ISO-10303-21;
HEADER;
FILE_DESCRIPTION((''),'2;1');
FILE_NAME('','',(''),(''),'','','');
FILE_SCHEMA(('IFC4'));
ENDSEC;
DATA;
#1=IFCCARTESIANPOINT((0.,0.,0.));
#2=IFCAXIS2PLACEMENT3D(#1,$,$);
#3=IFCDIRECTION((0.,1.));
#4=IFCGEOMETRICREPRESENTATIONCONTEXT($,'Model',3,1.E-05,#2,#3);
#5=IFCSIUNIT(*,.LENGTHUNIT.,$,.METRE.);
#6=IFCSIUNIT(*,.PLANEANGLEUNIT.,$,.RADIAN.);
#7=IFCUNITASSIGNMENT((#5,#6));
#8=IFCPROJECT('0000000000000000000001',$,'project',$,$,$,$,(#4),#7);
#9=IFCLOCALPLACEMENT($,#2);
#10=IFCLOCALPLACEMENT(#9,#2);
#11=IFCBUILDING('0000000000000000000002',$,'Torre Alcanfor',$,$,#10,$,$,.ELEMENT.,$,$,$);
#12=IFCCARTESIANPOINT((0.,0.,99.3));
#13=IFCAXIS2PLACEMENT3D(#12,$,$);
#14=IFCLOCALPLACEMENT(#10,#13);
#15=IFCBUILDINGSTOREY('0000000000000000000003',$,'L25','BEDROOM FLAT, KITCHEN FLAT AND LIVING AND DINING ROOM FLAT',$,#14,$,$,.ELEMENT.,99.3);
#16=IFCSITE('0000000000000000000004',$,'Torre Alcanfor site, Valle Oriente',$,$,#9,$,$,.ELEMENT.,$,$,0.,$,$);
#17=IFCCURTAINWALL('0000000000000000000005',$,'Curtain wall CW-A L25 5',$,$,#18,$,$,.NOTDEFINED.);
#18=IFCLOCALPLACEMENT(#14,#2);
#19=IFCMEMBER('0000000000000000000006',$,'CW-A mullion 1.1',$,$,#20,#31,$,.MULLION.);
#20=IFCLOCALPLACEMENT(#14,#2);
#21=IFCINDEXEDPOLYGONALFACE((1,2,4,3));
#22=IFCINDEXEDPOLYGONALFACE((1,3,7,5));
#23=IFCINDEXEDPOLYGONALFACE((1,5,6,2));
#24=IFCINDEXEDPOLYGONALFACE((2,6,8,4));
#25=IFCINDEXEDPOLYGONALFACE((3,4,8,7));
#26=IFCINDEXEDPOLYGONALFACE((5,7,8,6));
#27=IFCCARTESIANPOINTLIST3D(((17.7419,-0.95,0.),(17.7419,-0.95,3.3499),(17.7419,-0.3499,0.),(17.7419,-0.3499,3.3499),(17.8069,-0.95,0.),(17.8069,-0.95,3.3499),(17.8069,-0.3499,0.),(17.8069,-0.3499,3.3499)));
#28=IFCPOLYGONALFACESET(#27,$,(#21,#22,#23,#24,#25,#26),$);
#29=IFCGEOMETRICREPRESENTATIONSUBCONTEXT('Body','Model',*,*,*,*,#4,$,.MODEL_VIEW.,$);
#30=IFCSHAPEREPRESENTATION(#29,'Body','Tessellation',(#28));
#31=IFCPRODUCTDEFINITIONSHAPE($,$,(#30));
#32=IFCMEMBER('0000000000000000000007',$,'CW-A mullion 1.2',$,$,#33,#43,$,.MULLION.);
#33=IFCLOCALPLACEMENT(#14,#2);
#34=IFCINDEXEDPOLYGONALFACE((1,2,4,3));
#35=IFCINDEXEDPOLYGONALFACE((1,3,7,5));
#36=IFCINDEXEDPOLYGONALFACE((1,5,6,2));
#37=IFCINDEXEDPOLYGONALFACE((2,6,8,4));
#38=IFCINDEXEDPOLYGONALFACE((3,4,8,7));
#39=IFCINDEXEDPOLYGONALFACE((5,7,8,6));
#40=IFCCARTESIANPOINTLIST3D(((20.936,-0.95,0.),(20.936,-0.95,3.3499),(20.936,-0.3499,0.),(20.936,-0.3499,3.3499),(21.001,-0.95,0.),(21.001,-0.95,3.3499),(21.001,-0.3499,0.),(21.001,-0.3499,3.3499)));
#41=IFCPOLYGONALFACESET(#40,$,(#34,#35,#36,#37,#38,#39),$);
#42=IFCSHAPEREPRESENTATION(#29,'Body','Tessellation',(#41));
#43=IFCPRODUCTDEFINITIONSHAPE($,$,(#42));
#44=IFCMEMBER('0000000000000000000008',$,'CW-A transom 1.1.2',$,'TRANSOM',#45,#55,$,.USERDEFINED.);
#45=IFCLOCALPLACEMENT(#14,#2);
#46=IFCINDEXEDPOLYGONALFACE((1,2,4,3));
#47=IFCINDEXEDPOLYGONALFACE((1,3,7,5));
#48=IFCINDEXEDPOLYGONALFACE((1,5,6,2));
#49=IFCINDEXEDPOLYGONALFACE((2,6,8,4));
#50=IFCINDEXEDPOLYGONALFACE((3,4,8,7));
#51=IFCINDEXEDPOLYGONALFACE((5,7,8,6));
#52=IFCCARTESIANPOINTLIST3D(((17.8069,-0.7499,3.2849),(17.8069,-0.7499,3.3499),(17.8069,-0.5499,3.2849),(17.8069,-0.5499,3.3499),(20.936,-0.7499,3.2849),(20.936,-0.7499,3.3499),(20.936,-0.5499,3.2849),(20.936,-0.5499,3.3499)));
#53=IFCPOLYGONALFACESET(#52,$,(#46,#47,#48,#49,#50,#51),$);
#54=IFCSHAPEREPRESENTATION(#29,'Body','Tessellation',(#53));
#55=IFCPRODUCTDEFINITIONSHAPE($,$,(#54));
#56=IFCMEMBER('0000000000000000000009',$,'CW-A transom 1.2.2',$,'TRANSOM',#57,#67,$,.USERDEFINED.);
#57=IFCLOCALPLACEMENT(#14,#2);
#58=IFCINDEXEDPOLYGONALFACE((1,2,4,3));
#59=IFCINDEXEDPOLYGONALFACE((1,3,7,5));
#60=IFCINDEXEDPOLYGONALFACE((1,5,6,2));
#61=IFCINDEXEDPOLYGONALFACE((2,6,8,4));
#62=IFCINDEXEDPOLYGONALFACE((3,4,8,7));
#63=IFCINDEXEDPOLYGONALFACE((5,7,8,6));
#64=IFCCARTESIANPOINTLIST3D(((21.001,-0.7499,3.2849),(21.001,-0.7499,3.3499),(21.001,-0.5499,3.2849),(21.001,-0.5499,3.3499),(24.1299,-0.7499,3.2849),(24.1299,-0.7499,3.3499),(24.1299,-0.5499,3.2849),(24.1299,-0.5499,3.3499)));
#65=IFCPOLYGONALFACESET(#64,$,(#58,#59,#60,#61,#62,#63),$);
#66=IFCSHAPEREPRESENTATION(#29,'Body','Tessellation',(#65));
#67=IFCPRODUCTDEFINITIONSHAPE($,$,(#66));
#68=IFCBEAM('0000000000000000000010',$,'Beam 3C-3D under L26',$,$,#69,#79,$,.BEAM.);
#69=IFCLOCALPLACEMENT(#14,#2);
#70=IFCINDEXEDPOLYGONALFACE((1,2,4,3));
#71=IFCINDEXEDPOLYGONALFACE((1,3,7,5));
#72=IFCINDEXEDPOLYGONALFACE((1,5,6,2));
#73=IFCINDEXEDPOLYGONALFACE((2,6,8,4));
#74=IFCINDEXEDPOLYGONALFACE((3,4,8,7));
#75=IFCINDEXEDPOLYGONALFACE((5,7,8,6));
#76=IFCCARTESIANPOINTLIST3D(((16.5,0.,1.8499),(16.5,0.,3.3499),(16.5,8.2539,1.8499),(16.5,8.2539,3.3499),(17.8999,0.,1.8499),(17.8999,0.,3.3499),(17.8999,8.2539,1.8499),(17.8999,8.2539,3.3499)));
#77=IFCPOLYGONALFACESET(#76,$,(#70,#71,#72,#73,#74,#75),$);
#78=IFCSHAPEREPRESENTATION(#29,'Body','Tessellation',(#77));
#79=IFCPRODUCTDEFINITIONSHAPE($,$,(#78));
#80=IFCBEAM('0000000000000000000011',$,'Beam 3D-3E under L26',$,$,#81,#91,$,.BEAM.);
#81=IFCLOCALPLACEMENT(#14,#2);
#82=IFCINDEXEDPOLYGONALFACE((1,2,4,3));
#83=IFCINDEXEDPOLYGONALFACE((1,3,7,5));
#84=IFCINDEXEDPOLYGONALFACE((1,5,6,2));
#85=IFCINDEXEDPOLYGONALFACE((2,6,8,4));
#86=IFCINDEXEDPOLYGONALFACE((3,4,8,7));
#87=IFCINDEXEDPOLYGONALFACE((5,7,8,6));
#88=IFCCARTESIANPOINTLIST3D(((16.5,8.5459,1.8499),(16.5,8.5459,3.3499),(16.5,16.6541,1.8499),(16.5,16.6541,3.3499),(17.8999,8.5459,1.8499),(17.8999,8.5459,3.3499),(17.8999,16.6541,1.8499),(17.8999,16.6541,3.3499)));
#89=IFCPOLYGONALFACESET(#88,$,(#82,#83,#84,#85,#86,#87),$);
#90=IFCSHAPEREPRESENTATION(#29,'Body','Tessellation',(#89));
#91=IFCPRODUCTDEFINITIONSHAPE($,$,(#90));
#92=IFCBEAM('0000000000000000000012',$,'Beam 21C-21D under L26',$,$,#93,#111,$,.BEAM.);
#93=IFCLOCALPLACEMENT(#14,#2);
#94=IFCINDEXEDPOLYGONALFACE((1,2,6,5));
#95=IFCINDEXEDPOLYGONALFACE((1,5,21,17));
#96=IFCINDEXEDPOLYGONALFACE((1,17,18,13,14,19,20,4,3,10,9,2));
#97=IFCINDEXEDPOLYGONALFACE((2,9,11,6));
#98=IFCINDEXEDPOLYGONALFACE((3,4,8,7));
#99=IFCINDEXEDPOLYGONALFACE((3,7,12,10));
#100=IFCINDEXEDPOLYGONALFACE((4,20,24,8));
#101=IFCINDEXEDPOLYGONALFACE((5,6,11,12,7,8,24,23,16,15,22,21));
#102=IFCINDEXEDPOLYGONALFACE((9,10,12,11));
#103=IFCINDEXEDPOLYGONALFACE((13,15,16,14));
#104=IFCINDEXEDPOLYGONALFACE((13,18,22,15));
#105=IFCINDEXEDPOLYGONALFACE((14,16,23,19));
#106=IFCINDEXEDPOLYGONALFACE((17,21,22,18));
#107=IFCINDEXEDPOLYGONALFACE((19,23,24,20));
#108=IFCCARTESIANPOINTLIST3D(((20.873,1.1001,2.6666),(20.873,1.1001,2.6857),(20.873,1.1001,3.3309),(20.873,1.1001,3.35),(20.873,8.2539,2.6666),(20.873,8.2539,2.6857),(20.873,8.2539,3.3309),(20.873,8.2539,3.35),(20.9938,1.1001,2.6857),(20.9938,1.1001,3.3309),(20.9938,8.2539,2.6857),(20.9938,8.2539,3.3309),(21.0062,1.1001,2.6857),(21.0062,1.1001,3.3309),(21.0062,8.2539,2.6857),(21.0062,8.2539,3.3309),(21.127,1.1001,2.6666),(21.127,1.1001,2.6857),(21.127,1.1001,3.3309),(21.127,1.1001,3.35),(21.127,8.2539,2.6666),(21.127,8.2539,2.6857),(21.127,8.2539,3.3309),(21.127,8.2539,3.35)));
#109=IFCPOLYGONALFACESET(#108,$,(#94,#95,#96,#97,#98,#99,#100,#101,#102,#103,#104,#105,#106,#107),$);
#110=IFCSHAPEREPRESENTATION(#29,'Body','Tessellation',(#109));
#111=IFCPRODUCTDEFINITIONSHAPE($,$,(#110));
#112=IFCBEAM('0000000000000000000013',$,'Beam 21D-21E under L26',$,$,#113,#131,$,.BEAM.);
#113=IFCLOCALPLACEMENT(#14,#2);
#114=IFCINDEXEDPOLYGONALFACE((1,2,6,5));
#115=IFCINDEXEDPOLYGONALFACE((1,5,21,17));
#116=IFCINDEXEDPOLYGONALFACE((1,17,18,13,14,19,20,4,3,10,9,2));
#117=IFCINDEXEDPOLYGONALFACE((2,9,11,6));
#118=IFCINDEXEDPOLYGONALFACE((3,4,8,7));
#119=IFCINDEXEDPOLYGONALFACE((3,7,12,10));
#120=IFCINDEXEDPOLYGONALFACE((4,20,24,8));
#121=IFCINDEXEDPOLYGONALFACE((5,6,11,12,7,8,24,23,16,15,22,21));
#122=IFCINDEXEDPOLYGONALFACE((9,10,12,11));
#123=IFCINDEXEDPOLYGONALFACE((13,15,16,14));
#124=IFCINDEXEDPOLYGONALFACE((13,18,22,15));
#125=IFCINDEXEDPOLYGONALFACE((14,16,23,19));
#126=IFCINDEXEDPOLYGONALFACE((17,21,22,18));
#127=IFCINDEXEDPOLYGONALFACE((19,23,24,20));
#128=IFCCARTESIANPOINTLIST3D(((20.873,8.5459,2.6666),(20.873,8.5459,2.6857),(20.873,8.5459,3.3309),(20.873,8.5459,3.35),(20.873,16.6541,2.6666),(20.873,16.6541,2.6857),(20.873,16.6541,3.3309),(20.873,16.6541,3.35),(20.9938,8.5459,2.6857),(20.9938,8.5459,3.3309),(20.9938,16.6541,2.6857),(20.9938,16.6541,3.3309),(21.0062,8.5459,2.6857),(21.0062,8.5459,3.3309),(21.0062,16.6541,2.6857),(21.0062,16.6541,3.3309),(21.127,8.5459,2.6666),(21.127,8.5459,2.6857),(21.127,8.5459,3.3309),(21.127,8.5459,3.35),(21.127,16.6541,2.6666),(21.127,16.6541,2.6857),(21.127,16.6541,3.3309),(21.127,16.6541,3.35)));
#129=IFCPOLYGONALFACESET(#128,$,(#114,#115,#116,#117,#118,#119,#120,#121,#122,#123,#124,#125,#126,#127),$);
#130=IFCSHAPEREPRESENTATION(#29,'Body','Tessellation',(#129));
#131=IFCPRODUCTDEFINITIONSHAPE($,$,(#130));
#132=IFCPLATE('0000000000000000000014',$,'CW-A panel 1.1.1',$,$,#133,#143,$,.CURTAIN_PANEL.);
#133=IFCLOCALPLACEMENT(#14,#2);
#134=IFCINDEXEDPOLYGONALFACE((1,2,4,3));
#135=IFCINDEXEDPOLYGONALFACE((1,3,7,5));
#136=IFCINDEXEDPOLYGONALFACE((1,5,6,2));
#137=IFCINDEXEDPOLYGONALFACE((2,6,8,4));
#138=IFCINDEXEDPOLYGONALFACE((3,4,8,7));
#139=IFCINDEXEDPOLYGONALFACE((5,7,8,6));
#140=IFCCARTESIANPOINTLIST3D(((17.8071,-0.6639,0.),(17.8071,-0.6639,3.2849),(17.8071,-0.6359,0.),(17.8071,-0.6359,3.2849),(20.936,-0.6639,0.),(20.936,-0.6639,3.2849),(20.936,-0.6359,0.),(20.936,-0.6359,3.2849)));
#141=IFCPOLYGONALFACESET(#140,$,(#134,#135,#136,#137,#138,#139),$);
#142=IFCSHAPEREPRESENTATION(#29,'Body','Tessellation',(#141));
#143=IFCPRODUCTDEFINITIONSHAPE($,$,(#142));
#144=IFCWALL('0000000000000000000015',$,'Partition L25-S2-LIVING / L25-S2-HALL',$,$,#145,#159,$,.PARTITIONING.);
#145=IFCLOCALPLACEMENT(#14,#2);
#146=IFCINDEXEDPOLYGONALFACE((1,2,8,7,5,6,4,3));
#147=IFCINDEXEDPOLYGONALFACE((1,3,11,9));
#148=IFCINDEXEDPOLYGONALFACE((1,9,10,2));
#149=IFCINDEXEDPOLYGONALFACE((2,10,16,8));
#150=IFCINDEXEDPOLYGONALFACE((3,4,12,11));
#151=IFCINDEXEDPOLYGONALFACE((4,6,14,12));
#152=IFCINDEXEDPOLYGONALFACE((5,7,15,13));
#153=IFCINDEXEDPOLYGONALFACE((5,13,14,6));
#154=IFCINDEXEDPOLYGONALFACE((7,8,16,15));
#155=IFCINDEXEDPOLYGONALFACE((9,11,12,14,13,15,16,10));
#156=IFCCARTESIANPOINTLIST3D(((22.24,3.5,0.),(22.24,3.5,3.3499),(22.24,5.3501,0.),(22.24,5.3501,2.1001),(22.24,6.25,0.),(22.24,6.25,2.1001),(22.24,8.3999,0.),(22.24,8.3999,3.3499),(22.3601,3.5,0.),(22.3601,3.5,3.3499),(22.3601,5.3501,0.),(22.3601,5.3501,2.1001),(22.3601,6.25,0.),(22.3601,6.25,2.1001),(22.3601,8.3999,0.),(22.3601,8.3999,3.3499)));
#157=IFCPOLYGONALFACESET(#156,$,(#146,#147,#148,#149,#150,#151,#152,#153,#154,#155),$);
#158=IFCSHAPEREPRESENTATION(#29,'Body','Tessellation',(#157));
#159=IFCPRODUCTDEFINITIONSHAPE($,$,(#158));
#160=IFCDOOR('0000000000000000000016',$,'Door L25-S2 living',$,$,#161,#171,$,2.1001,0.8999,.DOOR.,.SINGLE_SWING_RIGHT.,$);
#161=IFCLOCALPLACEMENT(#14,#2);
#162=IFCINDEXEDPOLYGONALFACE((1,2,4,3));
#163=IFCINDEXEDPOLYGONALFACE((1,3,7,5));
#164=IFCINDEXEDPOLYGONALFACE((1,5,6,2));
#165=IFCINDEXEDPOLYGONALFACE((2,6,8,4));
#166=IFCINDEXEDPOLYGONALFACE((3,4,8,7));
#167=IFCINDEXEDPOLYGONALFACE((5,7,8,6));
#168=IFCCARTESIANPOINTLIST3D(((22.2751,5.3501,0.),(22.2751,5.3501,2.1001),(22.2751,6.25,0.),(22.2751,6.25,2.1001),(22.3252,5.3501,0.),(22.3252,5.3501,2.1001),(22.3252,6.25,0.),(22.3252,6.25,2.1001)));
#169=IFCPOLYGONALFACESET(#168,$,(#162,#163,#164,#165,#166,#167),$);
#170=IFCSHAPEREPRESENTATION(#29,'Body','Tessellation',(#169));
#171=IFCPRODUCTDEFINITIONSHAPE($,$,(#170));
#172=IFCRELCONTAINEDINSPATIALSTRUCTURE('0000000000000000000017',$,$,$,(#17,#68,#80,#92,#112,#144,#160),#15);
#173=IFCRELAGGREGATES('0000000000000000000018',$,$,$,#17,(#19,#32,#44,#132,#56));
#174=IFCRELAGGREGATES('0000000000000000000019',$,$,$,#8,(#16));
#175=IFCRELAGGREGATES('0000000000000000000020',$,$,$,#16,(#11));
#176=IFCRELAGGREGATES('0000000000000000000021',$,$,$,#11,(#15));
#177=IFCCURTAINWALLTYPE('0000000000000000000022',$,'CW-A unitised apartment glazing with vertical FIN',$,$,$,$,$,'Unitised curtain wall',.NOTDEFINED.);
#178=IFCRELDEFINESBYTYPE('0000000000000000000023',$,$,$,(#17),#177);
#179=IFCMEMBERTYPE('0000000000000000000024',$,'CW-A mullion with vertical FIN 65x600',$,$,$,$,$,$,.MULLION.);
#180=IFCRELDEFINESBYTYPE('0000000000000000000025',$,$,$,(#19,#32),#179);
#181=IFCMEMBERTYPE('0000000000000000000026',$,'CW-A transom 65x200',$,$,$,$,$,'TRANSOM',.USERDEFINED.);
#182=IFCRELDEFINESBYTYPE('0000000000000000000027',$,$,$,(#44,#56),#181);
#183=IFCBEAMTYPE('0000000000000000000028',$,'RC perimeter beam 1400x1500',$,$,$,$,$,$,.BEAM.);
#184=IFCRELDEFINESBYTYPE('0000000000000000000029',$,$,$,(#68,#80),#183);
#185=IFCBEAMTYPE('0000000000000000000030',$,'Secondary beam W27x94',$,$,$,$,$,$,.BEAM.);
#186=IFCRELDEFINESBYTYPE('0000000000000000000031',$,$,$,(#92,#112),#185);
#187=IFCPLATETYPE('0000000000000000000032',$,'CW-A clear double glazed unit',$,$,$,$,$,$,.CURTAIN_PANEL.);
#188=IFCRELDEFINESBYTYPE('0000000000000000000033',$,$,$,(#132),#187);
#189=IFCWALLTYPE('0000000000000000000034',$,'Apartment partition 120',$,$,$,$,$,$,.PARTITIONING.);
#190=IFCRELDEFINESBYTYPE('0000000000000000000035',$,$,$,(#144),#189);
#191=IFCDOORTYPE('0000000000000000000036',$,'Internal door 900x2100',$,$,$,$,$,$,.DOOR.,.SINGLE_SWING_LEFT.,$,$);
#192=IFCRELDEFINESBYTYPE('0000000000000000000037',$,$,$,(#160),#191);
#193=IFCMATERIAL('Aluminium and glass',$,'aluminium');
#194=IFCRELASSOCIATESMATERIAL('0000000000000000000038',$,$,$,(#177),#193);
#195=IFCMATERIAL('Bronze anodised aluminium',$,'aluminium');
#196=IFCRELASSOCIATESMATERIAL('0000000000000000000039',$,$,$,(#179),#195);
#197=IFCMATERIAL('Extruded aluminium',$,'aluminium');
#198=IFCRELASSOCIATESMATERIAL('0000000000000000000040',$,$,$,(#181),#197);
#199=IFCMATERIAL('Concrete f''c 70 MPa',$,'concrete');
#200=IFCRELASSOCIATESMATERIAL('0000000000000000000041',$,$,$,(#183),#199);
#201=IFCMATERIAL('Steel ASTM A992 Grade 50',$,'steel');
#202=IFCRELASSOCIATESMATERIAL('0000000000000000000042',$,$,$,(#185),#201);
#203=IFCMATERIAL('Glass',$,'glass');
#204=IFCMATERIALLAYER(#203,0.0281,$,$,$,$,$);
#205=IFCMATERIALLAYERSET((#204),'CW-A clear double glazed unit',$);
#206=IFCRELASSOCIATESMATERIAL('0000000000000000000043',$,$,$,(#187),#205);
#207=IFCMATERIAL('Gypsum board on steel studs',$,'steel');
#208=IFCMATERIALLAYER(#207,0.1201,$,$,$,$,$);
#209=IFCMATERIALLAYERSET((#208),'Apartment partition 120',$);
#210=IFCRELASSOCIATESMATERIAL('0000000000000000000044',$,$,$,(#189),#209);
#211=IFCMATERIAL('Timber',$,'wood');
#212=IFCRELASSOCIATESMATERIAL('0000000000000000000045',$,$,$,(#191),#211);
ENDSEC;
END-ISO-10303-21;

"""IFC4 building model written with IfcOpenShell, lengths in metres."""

from ifc_helpers import new_model, si_unit, direction, frame, frame_2d, origin, origin_2d, place, context, subcontext, project, spatial, rectangle, i_section, extrude, material, layer, layer_set, material_profile, profile_set, type_object, element, fill, aggregate, save


model = new_model("IFC4")

# Units and contexts
model_context = context("Model", 3, precision=1e-05, world=origin(), true_north=direction((0.0, 1.0)))
body_context = subcontext(model_context, "Body", "Model", "MODEL_VIEW")
ifc_project = project(units=[si_unit("LENGTHUNIT", "METRE"), si_unit("PLANEANGLEUNIT", "RADIAN")], contexts=[model_context])

# Site, building, storey
site_placement = place(None, origin())
site = spatial("IfcSite", under=ifc_project, at=site_placement, Name="Torre Alcanfor site, Valle Oriente", CompositionType="ELEMENT", RefElevation=0.0)
building_placement = place(site_placement, origin())
building = spatial("IfcBuilding", under=site, at=building_placement, Name="Torre Alcanfor", CompositionType="ELEMENT")
storey_placement = place(building_placement, frame((0.0, 0.0, 99.3)))
storey = spatial("IfcBuildingStorey", under=building, at=storey_placement, Name="L25", Description="BEDROOM FLAT, KITCHEN FLAT AND LIVING AND DINING ROOM FLAT", CompositionType="ELEMENT", Elevation=99.3)

# Curtain wall, members
ifc_material_1 = material(Name="Aluminium and glass", Category="aluminium")
curtain_wall_type = type_object("IfcCurtainWallType", Name="CW-A unitised apartment glazing with vertical FIN", ElementType="Unitised curtain wall", PredefinedType="NOTDEFINED", material=ifc_material_1)
curtain_wall_placement = place(storey_placement, origin())
curtain_wall = element("IfcCurtainWall", 1, at=curtain_wall_placement, inside=storey, type_object=curtain_wall_type, Name="Curtain wall CW-A L25 5", PredefinedType="NOTDEFINED")
ifc_material_2 = material(Name="Bronze anodised aluminium", Category="aluminium")
ifc_material_profile_1 = material_profile(ifc_material_2, rectangle(XDim=0.6001, YDim=0.0649, at=origin_2d()), Name="CW-A mullion 65x600")
ifc_profile_set_1 = profile_set([ifc_material_profile_1], Name="Bronze anodised aluminium")
member_type_1 = type_object("IfcMemberType", Name="CW-A mullion with vertical FIN 65x600", PredefinedType="MULLION", material=ifc_profile_set_1)
member_1_placement = place(storey_placement, frame((17.7744, -0.6499, 0.0), z_axis=(0.0, 0.0, 1.0), x_axis=(0.0, 1.0, 0.0)))
member_1 = element("IfcMember", 2, at=member_1_placement, type_object=member_type_1, Name="CW-A mullion 1.1", PredefinedType="MULLION", context=body_context, shape_type="SweptSolid", body=[
    extrude(rectangle(XDim=0.6001, YDim=0.0649, at=origin_2d()), origin(), (0.0, 0.0, 1.0), 3.3499),
])
member_2_placement = place(storey_placement, frame((20.9685, -0.6499, 0.0), z_axis=(0.0, 0.0, 1.0), x_axis=(0.0, 1.0, 0.0)))
member_2 = element("IfcMember", 3, at=member_2_placement, type_object=member_type_1, Name="CW-A mullion 1.2", PredefinedType="MULLION", context=body_context, shape_type="SweptSolid", body=[
    extrude(rectangle(XDim=0.6001, YDim=0.0649, at=origin_2d()), origin(), (0.0, 0.0, 1.0), 3.3499),
])
ifc_material_3 = material(Name="Extruded aluminium", Category="aluminium")
ifc_material_profile_2 = material_profile(ifc_material_3, rectangle(XDim=0.2, YDim=0.0649, at=origin_2d()), Name="CW-A transom 200x65")
ifc_profile_set_2 = profile_set([ifc_material_profile_2], Name="Extruded aluminium")
member_type_2 = type_object("IfcMemberType", Name="CW-A transom 65x200", ElementType="TRANSOM", PredefinedType="USERDEFINED", material=ifc_profile_set_2)
member_3_placement = place(storey_placement, frame((17.8069, -0.6499, 3.3174), z_axis=(1.0, 0.0, 0.0), x_axis=(0.0, 1.0, 0.0)))
member_3 = element("IfcMember", 4, at=member_3_placement, type_object=member_type_2, Name="CW-A transom 1.1.2", ObjectType="TRANSOM", PredefinedType="USERDEFINED", context=body_context, shape_type="SweptSolid", body=[
    extrude(rectangle(XDim=0.2, YDim=0.0649, at=origin_2d()), origin(), (0.0, 0.0, 1.0), 3.1292),
])
member_4_placement = place(storey_placement, frame((21.001, -0.6499, 3.3174), z_axis=(1.0, 0.0, 0.0), x_axis=(0.0, 1.0, 0.0)))
member_4 = element("IfcMember", 5, at=member_4_placement, type_object=member_type_2, Name="CW-A transom 1.2.2", ObjectType="TRANSOM", PredefinedType="USERDEFINED", context=body_context, shape_type="SweptSolid", body=[
    extrude(rectangle(XDim=0.2, YDim=0.0649, at=origin_2d()), origin(), (0.0, 0.0, 1.0), 3.1289),
])

# Beams
ifc_material_4 = material(Name="Concrete f'c 70 MPa", Category="concrete")
ifc_material_profile_3 = material_profile(ifc_material_4, rectangle(XDim=1.3999, YDim=1.5, at=origin_2d()), Name="1400x1500")
ifc_profile_set_3 = profile_set([ifc_material_profile_3], Name="Concrete f'c 70 MPa")
beam_type_1 = type_object("IfcBeamType", Name="RC perimeter beam 1400x1500", PredefinedType="BEAM", material=ifc_profile_set_3)
beam_1_placement = place(storey_placement, frame((17.2, 0.0, 2.5999), z_axis=(0.0, 1.0, 0.0), x_axis=(-1.0, 0.0, 0.0)))
element("IfcBeam", 6, at=beam_1_placement, inside=storey, type_object=beam_type_1, Name="Beam 3C-3D under L26", PredefinedType="BEAM", context=body_context, shape_type="SweptSolid", body=[
    extrude(rectangle(XDim=1.3999, YDim=1.5, at=origin_2d()), origin(), (0.0, 0.0, 1.0), 8.2539),
])
beam_2_placement = place(storey_placement, frame((17.2, 8.5459, 2.5999), z_axis=(0.0, 1.0, 0.0), x_axis=(-1.0, 0.0, 0.0)))
element("IfcBeam", 7, at=beam_2_placement, inside=storey, type_object=beam_type_1, Name="Beam 3D-3E under L26", PredefinedType="BEAM", context=body_context, shape_type="SweptSolid", body=[
    extrude(rectangle(XDim=1.3999, YDim=1.5, at=origin_2d()), origin(), (0.0, 0.0, 1.0), 8.1082),
])
ifc_material_5 = material(Name="Steel ASTM A992 Grade 50", Category="steel")
ifc_material_profile_4 = material_profile(ifc_material_5, i_section(OverallWidth=0.2539, OverallDepth=0.6833, WebThickness=0.0125, FlangeThickness=0.019, at=origin_2d()), Name="W27x94")
ifc_profile_set_4 = profile_set([ifc_material_profile_4], Name="Steel ASTM A992 Grade 50")
beam_type_2 = type_object("IfcBeamType", Name="Secondary beam W27x94", PredefinedType="BEAM", material=ifc_profile_set_4)
beam_3_placement = place(storey_placement, frame((21.0, 1.1001, 3.0083), z_axis=(0.0, 1.0, 0.0), x_axis=(-1.0, 0.0, 0.0)))
element("IfcBeam", 8, at=beam_3_placement, inside=storey, type_object=beam_type_2, Name="Beam 21C-21D under L26", PredefinedType="BEAM", context=body_context, shape_type="SweptSolid", body=[
    extrude(i_section(OverallWidth=0.2539, OverallDepth=0.6833, WebThickness=0.0125, FlangeThickness=0.019, at=origin_2d()), origin(), (0.0, 0.0, 1.0), 7.1538),
])
beam_4_placement = place(storey_placement, frame((21.0, 8.5459, 3.0083), z_axis=(0.0, 1.0, 0.0), x_axis=(-1.0, 0.0, 0.0)))
element("IfcBeam", 9, at=beam_4_placement, inside=storey, type_object=beam_type_2, Name="Beam 21D-21E under L26", PredefinedType="BEAM", context=body_context, shape_type="SweptSolid", body=[
    extrude(i_section(OverallWidth=0.2539, OverallDepth=0.6833, WebThickness=0.0125, FlangeThickness=0.019, at=origin_2d()), origin(), (0.0, 0.0, 1.0), 8.1082),
])

# Plate
ifc_material_6 = material(Name="Glass", Category="glass")
ifc_layer_1 = layer(ifc_material_6, 0.0281)
ifc_layer_set_1 = layer_set([ifc_layer_1], Name="CW-A clear double glazed unit")
plate_type = type_object("IfcPlateType", Name="CW-A clear double glazed unit", PredefinedType="CURTAIN_PANEL", material=ifc_layer_set_1)
plate_placement = place(storey_placement, frame((19.3716, -0.6499, 0.0), z_axis=(0.0, 0.0, 1.0), x_axis=(1.0, 0.0, 0.0)))
plate = element("IfcPlate", 10, at=plate_placement, type_object=plate_type, Name="CW-A panel 1.1.1", PredefinedType="CURTAIN_PANEL", context=body_context, shape_type="SweptSolid", body=[
    extrude(rectangle(XDim=3.1289, YDim=0.0281, at=origin_2d()), origin(), (0.0, 0.0, 1.0), 3.2849),
])
aggregate(curtain_wall, [member_1, member_2, member_3, plate, member_4])

# Wall, opening, door
ifc_material_7 = material(Name="Gypsum board on steel studs", Category="steel")
ifc_layer_2 = layer(ifc_material_7, 0.1201)
ifc_layer_set_2 = layer_set([ifc_layer_2], Name="Apartment partition 120")
wall_type_1 = type_object("IfcWallType", Name="Apartment partition 120", PredefinedType="PARTITIONING", material=ifc_layer_set_2)
wall_1_placement = place(storey_placement, frame((22.3, 3.5, 0.0), z_axis=(0.0, 0.0, 1.0), x_axis=(0.0, 1.0, 0.0)))
wall_1 = element("IfcWall", 11, at=wall_1_placement, inside=storey, type_object=wall_type_1, Name="Partition L25-S2-LIVING / L25-S2-HALL", PredefinedType="PARTITIONING", context=body_context, shape_type="SweptSolid", body=[
    extrude(rectangle(XDim=4.8999, YDim=0.1201, at=frame_2d((2.45, 0.0))), origin(), (0.0, 0.0, 1.0), 3.3499),
])
opening_1_placement = place(wall_1_placement, frame((1.8501, 0.0, 0.0)))
opening_1 = element("IfcOpeningElement", 12, at=opening_1_placement, cuts=wall_1, PredefinedType="OPENING", context=body_context, shape_type="SweptSolid", body=[
    extrude(rectangle(XDim=0.8999, YDim=2.1001, at=frame_2d((0.45, 1.05))), frame((0.0, 0.0701, 0.0), z_axis=(0.0, -1.0, 0.0), x_axis=(1.0, 0.0, 0.0)), (0.0, 0.0, 1.0), 0.1401),
])
ifc_material_8 = material(Name="Timber", Category="wood")
door_type_1 = type_object("IfcDoorType", Name="Internal door 900x2100", OperationType="SINGLE_SWING_LEFT", PredefinedType="DOOR", material=ifc_material_8)
door_1_placement = place(opening_1_placement, frame((0.8999, 0.0, 0.0), z_axis=(0.0, 0.0, 1.0), x_axis=(-1.0, 0.0, 0.0)))
door_1 = element("IfcDoor", 13, at=door_1_placement, inside=storey, type_object=door_type_1, Name="Door L25-S2 living", OperationType="SINGLE_SWING_RIGHT", OverallHeight=2.1001, OverallWidth=0.8999, PredefinedType="DOOR", context=body_context, shape_type="SweptSolid", body=[
    extrude(rectangle(XDim=0.8999, YDim=2.1001, at=frame_2d((0.45, 1.05))), frame((0.0, 0.0251, 0.0), z_axis=(0.0, -1.0, 0.0), x_axis=(1.0, 0.0, 0.0)), (0.0, 0.0, 1.0), 0.05),
])
fill(opening_1, door_1)

save(model, "model.ifc")
